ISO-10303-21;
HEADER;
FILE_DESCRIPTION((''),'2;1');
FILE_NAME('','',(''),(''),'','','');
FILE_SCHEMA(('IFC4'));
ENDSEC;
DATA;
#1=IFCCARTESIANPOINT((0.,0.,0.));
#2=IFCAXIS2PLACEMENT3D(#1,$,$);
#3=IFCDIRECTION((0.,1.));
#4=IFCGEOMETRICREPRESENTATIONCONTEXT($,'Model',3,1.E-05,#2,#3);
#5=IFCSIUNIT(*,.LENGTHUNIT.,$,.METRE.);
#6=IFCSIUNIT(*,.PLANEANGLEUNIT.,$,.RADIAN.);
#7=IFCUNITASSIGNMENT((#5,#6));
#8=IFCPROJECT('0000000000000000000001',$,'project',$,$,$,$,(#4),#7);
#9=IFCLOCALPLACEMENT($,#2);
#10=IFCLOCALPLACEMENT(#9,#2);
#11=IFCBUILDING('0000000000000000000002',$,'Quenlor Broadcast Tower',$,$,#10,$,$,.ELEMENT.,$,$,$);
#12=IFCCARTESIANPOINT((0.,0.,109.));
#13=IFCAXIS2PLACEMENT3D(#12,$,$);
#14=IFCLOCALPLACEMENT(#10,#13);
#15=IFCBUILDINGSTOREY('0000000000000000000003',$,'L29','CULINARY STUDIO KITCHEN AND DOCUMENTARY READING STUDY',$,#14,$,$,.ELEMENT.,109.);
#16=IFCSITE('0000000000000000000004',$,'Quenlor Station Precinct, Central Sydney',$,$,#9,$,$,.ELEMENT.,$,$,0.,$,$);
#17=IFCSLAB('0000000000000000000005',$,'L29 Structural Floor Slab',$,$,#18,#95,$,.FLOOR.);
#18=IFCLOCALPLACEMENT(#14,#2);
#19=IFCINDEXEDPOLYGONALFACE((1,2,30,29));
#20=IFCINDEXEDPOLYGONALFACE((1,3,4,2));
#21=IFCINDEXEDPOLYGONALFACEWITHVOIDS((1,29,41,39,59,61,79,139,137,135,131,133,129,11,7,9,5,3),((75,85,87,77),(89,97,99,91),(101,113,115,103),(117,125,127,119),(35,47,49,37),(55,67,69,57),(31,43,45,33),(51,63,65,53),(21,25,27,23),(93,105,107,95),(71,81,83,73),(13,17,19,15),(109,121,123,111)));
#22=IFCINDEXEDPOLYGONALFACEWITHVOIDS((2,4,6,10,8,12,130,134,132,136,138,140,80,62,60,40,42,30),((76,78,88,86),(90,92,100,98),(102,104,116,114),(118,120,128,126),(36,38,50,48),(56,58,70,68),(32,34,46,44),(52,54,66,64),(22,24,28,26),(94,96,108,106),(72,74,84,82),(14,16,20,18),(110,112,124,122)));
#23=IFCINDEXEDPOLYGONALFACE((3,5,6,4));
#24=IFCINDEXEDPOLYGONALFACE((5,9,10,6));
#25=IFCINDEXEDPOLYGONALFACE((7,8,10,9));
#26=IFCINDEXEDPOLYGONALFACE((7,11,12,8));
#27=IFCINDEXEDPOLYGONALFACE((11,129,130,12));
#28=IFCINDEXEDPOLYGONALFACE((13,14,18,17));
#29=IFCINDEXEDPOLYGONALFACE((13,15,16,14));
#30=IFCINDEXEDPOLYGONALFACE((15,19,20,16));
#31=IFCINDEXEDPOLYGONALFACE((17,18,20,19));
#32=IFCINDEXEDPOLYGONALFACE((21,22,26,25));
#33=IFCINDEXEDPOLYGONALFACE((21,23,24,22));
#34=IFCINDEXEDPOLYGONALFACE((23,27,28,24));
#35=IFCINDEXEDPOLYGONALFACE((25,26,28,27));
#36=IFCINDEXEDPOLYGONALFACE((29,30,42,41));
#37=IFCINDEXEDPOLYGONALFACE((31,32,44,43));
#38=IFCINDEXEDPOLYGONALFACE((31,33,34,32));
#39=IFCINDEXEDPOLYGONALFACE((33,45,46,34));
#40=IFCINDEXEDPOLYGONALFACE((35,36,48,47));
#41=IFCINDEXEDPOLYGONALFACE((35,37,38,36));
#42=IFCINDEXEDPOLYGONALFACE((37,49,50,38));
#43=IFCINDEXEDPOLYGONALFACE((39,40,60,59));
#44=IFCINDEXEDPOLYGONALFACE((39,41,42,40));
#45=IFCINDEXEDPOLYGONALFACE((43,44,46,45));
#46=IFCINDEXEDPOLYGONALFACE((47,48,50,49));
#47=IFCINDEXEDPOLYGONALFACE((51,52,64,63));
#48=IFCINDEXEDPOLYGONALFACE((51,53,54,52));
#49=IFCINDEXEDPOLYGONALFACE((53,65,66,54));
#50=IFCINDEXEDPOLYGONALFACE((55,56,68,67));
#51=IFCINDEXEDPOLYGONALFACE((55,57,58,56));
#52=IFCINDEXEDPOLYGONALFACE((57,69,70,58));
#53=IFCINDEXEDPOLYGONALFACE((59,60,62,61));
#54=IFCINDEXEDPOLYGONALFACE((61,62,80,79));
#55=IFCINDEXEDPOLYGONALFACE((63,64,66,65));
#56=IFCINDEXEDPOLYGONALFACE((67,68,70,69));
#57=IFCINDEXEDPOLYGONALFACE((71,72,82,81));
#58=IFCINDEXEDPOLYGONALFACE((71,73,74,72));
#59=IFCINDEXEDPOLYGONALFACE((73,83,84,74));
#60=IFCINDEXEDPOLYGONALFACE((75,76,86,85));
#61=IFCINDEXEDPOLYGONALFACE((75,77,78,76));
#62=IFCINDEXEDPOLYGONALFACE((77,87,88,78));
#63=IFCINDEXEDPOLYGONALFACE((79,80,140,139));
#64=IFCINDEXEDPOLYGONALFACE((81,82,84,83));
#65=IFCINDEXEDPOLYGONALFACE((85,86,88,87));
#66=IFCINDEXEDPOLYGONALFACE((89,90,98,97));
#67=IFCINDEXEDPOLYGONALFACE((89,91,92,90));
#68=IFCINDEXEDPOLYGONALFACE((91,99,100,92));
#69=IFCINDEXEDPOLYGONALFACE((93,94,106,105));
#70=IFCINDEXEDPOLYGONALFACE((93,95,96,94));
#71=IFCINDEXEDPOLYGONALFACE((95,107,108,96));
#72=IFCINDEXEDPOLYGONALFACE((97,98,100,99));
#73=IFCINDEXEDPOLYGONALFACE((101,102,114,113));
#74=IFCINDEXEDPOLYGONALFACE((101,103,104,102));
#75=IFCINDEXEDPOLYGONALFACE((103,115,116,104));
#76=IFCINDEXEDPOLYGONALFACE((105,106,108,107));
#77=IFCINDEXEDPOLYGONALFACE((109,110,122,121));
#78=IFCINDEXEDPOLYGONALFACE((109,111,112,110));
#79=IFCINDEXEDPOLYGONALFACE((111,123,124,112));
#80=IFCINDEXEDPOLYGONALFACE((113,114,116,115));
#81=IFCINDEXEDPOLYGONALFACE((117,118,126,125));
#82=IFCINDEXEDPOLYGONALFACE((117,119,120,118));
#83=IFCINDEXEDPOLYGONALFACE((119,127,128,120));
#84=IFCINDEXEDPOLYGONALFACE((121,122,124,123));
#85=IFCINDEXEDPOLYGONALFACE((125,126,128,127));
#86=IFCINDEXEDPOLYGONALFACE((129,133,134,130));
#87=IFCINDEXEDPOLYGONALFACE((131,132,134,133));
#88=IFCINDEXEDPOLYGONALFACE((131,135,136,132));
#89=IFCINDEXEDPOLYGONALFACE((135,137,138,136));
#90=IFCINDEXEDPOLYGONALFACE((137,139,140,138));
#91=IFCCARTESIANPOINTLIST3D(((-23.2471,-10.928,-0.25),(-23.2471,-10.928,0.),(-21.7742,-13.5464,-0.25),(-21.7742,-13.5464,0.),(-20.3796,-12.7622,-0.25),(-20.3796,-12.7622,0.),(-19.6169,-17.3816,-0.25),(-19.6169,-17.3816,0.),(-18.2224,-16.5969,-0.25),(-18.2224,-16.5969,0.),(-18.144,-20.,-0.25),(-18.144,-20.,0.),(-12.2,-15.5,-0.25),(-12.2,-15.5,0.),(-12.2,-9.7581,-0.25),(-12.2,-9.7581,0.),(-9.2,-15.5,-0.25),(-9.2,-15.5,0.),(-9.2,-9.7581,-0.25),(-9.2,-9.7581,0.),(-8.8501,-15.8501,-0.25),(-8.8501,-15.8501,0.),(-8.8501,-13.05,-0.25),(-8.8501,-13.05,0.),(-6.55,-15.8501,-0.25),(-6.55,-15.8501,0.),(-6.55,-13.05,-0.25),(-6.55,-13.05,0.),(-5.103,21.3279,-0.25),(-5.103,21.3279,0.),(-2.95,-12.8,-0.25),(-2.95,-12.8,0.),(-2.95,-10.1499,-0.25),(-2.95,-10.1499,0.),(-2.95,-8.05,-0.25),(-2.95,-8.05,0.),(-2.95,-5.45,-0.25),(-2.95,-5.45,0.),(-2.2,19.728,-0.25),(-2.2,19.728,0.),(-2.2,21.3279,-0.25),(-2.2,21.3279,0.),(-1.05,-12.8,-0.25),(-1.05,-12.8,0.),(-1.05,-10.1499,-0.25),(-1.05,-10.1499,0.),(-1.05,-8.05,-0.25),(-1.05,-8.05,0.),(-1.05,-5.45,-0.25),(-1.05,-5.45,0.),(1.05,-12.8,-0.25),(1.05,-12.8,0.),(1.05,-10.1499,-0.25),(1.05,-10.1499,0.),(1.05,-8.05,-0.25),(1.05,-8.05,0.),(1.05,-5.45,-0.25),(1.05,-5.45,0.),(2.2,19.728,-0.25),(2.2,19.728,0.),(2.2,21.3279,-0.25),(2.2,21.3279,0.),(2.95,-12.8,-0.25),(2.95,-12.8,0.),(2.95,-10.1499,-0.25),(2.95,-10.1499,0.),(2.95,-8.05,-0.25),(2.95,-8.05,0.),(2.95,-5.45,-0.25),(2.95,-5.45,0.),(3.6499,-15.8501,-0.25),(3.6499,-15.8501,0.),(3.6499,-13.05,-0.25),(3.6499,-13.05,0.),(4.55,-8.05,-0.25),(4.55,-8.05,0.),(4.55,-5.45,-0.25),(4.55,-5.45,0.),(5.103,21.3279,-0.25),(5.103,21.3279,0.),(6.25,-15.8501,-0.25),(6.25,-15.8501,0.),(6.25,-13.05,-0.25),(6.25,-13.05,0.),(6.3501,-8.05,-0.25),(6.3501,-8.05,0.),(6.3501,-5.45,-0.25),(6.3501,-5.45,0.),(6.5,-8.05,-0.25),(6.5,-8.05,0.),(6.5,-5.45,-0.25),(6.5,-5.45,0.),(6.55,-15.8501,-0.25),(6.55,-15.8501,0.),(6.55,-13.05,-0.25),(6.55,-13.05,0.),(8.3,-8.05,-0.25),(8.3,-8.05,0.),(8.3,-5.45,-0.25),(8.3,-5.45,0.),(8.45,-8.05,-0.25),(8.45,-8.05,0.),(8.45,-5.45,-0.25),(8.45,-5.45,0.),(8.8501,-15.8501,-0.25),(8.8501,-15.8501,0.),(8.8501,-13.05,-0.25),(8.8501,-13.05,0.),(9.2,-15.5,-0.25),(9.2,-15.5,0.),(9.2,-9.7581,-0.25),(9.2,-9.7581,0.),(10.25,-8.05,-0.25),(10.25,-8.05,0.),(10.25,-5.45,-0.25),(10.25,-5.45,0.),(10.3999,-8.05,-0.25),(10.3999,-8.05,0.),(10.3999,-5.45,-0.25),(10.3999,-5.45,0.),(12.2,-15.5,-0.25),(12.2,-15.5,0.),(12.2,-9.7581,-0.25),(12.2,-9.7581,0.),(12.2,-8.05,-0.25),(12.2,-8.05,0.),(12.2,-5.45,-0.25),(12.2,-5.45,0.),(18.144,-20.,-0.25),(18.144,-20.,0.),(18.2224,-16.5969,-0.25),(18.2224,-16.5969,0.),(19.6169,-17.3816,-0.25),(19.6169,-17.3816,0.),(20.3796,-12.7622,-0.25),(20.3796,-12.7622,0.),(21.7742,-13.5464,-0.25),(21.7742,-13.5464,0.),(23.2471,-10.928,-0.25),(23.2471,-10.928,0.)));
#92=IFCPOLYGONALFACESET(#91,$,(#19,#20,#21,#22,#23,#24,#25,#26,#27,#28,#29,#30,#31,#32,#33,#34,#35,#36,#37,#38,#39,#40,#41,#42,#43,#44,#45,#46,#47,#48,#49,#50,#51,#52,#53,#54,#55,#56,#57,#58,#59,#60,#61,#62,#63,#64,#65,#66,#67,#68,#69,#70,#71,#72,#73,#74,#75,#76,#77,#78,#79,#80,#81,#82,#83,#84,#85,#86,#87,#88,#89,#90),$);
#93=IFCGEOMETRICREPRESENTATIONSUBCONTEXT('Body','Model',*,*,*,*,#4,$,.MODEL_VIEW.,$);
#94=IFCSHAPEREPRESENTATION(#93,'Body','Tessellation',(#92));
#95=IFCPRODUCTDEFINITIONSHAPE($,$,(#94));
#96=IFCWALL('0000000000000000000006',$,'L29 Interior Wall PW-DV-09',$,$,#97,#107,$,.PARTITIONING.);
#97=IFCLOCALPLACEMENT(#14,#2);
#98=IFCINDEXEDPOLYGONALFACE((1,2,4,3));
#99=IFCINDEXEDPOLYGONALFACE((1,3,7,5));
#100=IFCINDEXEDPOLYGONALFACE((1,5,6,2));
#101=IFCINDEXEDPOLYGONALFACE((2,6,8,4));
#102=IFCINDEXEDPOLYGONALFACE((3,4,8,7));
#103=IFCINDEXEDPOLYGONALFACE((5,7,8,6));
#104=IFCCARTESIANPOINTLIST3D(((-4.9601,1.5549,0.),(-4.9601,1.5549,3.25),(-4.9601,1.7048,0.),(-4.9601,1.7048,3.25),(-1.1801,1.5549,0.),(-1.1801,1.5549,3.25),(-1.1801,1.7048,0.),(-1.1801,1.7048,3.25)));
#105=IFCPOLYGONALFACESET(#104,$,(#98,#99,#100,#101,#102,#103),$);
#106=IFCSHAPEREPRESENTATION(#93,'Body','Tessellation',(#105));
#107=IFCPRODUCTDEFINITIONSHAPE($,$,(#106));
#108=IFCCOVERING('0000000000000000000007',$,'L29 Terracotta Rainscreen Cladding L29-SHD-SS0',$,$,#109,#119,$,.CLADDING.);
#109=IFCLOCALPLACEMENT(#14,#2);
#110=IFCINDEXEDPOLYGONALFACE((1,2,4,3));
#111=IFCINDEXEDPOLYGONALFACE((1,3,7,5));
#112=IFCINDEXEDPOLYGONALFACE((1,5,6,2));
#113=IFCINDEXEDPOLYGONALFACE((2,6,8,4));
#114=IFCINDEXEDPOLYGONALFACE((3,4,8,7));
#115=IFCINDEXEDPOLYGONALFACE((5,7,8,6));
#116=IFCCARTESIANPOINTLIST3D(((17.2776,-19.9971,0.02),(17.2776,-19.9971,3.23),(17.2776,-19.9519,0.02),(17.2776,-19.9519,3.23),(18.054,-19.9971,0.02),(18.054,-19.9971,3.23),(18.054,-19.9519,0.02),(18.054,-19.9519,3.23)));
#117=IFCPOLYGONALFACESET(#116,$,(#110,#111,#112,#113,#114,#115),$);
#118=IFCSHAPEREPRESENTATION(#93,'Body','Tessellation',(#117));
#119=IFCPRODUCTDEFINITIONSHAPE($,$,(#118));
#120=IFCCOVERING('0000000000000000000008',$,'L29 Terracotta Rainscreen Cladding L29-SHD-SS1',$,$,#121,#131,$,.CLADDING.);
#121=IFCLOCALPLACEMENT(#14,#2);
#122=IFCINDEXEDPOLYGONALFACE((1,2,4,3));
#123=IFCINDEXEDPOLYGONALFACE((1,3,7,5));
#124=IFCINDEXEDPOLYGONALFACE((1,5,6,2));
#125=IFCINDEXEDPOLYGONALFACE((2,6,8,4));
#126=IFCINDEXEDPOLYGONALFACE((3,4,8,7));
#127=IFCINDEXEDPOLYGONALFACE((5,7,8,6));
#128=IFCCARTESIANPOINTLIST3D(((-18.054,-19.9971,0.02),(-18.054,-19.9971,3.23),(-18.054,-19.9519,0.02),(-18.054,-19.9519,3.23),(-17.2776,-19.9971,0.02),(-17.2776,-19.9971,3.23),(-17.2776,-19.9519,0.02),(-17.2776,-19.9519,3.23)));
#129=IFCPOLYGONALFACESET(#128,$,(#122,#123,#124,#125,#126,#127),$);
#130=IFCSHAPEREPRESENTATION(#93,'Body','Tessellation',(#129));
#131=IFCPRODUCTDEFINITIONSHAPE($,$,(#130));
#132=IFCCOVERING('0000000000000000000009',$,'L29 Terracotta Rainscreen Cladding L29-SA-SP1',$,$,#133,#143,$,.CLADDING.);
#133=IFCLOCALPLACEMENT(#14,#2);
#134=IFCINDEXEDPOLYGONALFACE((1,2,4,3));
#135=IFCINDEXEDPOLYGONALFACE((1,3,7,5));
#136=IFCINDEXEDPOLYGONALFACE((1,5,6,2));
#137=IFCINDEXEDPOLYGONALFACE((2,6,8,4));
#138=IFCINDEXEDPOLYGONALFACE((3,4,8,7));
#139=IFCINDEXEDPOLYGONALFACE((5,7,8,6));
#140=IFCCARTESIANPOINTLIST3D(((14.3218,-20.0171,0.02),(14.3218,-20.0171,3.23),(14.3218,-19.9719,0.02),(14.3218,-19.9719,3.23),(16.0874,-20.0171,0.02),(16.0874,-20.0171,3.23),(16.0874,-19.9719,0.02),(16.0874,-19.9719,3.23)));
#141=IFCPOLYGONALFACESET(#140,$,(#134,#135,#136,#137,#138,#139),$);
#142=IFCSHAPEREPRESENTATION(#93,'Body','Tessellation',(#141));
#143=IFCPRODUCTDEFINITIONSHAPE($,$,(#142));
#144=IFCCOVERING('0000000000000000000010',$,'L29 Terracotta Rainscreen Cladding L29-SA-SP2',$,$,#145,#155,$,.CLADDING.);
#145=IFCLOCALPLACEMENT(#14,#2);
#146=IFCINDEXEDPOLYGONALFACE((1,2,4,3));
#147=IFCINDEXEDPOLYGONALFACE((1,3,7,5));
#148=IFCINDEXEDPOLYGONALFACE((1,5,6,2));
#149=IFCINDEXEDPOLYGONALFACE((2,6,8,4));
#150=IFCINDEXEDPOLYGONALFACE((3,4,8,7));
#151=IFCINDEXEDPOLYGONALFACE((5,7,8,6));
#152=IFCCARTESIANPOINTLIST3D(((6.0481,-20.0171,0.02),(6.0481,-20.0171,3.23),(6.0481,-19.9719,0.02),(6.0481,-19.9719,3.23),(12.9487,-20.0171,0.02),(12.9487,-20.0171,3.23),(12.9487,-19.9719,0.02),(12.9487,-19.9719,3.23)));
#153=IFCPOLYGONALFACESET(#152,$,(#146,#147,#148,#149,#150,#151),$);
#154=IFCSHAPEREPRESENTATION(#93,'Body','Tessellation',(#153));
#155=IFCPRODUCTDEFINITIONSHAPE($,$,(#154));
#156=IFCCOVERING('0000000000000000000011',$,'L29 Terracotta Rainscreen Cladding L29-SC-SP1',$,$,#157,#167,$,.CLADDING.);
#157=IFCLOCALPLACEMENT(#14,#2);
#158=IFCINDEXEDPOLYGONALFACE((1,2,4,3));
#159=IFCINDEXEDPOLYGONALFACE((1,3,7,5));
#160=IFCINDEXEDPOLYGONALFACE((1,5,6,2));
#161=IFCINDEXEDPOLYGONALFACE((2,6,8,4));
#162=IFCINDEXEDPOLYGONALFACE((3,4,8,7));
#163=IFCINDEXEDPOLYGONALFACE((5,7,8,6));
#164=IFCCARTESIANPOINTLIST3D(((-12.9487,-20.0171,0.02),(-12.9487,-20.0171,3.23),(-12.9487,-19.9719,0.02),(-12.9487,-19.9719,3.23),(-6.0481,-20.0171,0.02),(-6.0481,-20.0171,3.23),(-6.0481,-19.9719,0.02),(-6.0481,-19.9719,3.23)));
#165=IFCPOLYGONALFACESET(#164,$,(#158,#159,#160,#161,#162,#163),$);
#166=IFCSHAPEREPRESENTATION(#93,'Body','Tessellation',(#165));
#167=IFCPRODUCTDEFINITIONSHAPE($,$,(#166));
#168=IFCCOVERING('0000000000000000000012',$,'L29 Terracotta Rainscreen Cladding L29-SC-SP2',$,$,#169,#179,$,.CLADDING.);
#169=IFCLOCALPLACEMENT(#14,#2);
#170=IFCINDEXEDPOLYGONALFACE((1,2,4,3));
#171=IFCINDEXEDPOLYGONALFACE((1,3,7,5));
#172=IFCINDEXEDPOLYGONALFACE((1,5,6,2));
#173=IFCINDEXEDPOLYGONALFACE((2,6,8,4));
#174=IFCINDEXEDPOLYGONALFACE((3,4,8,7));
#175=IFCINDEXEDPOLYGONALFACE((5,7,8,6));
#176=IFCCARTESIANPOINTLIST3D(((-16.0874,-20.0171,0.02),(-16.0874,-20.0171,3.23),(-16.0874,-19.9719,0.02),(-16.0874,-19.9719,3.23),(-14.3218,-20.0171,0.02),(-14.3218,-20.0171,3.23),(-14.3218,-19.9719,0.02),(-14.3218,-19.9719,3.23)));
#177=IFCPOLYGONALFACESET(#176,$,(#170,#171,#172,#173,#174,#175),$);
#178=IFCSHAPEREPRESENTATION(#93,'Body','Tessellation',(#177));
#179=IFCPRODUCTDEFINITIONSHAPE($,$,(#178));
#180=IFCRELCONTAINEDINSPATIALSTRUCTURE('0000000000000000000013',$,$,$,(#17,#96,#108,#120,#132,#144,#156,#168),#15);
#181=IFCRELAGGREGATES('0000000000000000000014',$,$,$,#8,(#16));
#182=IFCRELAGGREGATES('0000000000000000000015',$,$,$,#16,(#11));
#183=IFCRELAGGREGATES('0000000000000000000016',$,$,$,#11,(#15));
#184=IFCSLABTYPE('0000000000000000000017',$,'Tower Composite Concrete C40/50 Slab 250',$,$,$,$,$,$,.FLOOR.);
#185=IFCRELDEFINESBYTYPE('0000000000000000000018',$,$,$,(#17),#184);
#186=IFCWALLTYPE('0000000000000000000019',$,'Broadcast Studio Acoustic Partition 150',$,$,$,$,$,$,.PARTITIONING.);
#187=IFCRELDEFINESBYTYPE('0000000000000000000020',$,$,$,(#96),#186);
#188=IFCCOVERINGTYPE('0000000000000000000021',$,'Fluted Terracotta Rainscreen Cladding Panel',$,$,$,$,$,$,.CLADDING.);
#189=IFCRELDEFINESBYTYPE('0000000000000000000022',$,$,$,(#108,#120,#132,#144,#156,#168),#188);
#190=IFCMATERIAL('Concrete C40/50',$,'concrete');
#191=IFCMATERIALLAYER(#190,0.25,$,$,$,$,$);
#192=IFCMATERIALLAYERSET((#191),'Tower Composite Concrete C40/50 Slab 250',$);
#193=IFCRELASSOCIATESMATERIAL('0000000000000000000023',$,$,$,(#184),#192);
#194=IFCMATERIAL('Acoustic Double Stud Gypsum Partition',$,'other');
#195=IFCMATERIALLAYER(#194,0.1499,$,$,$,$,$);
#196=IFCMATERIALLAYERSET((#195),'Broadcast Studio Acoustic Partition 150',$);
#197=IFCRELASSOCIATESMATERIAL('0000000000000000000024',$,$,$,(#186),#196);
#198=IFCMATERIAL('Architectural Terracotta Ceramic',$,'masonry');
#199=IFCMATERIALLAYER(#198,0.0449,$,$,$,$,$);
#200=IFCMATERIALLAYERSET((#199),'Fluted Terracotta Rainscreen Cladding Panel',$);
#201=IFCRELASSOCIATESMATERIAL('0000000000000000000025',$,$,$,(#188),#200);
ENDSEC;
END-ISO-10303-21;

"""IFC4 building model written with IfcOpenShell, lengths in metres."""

from ifc_helpers import new_model, si_unit, direction, frame, frame_2d, origin, place, context, subcontext, project, spatial, polyline, rectangle, outline, extrude, material, layer, layer_set, type_object, element, save


model = new_model("IFC4")

# Units and contexts
model_context = context("Model", 3, precision=1e-05, world=origin(), true_north=direction((0.0, 1.0)))
body_context = subcontext(model_context, "Body", "Model", "MODEL_VIEW")
ifc_project = project(units=[si_unit("LENGTHUNIT", "METRE"), si_unit("PLANEANGLEUNIT", "RADIAN")], contexts=[model_context])

# Site, building, storey
site_placement = place(None, origin())
site = spatial("IfcSite", under=ifc_project, at=site_placement, Name="Quenlor Station Precinct, Central Sydney", CompositionType="ELEMENT", RefElevation=0.0)
building_placement = place(site_placement, origin())
building = spatial("IfcBuilding", under=site, at=building_placement, Name="Quenlor Broadcast Tower", CompositionType="ELEMENT")
storey_placement = place(building_placement, frame((0.0, 0.0, 109.0)))
storey = spatial("IfcBuildingStorey", under=building, at=storey_placement, Name="L29", Description="CULINARY STUDIO KITCHEN AND DOCUMENTARY READING STUDY", CompositionType="ELEMENT", Elevation=109.0)

# Slab
ifc_material_1 = material(Name="Concrete C40/50", Category="concrete")
ifc_layer_1 = layer(ifc_material_1, 0.25)
ifc_layer_set_1 = layer_set([ifc_layer_1], Name="Tower Composite Concrete C40/50 Slab 250")
slab_type = type_object("IfcSlabType", Name="Tower Composite Concrete C40/50 Slab 250", PredefinedType="FLOOR", material=ifc_layer_set_1)
slab_placement = place(storey_placement, frame((0.0, 0.0, -0.25)))
element("IfcSlab", 1, at=slab_placement, inside=storey, type_object=slab_type, Name="L29 Structural Floor Slab", PredefinedType="FLOOR", context=body_context, shape_type="SweptSolid", body=[
    extrude(outline(polyline([(18.144, -20.0), (19.6169, -17.3816), (18.2224, -16.5969), (20.3796, -12.7622), (21.7742, -13.5464), (23.2471, -10.928), (5.103, 21.3279), (2.2, 21.3279), (2.2, 19.728), (-2.2, 19.728), (-2.2, 21.3279), (-5.103, 21.3279), (-23.2471, -10.928), (-21.7742, -13.5464), (-20.3796, -12.7622), (-18.2224, -16.5969), (-19.6169, -17.3816), (-18.144, -20.0), (18.144, -20.0)]), holes=[polyline([(-12.2, -9.7581), (-12.2, -15.5), (-9.2, -15.5), (-9.2, -9.7581), (-12.2, -9.7581)]), polyline([(9.2, -9.7581), (9.2, -15.5), (12.2, -15.5), (12.2, -9.7581), (9.2, -9.7581)]), polyline([(-2.95, -8.05), (-1.05, -8.05), (-1.05, -5.45), (-2.95, -5.45), (-2.95, -8.05)]), polyline([(1.05, -8.05), (2.95, -8.05), (2.95, -5.45), (1.05, -5.45), (1.05, -8.05)]), polyline([(-2.95, -12.8), (-1.05, -12.8), (-1.05, -10.1499), (-2.95, -10.1499), (-2.95, -12.8)]), polyline([(1.05, -12.8), (2.95, -12.8), (2.95, -10.1499), (1.05, -10.1499), (1.05, -12.8)]), polyline([(4.55, -8.05), (6.3501, -8.05), (6.3501, -5.45), (4.55, -5.45), (4.55, -8.05)]), polyline([(6.5, -8.05), (8.3, -8.05), (8.3, -5.45), (6.5, -5.45), (6.5, -8.05)]), polyline([(8.45, -8.05), (10.25, -8.05), (10.25, -5.45), (8.45, -5.45), (8.45, -8.05)]), polyline([(10.3999, -8.05), (12.2, -8.05), (12.2, -5.45), (10.3999, -5.45), (10.3999, -8.05)]), polyline([(-8.8501, -15.8501), (-6.55, -15.8501), (-6.55, -13.05), (-8.8501, -13.05), (-8.8501, -15.8501)]), polyline([(6.55, -15.8501), (8.8501, -15.8501), (8.8501, -13.05), (6.55, -13.05), (6.55, -15.8501)]), polyline([(3.6499, -15.8501), (6.25, -15.8501), (6.25, -13.05), (3.6499, -13.05), (3.6499, -15.8501)])]), origin(), (0.0, 0.0, 1.0), 0.25),
])

# Wall
ifc_material_2 = material(Name="Acoustic Double Stud Gypsum Partition", Category="other")
ifc_layer_2 = layer(ifc_material_2, 0.1499)
ifc_layer_set_2 = layer_set([ifc_layer_2], Name="Broadcast Studio Acoustic Partition 150")
wall_type = type_object("IfcWallType", Name="Broadcast Studio Acoustic Partition 150", PredefinedType="PARTITIONING", material=ifc_layer_set_2)
wall_placement = place(storey_placement, frame((-1.1799, 1.6299, 0.0), z_axis=(0.0, 0.0, 1.0), x_axis=(-1.0, 0.0, 0.0)))
element("IfcWall", 2, at=wall_placement, inside=storey, type_object=wall_type, Name="L29 Interior Wall PW-DV-09", PredefinedType="PARTITIONING", context=body_context, shape_type="SweptSolid", body=[
    extrude(rectangle(XDim=3.78, YDim=0.1499, at=frame_2d((1.8901, 0.0))), origin(), (0.0, 0.0, 1.0), 3.25),
])

# Coverings
ifc_material_3 = material(Name="Architectural Terracotta Ceramic", Category="masonry")
ifc_layer_3 = layer(ifc_material_3, 0.0449)
ifc_layer_set_3 = layer_set([ifc_layer_3], Name="Fluted Terracotta Rainscreen Cladding Panel")
covering_type = type_object("IfcCoveringType", Name="Fluted Terracotta Rainscreen Cladding Panel", PredefinedType="CLADDING", material=ifc_layer_set_3)
covering_1_placement = place(storey_placement, frame((0.0, 0.0, 0.02)))
element("IfcCovering", 3, at=covering_1_placement, inside=storey, type_object=covering_type, Name="L29 Terracotta Rainscreen Cladding L29-SHD-SS0", PredefinedType="CLADDING", context=body_context, shape_type="SweptSolid", body=[
    extrude(outline(polyline([(18.054, -19.9519), (17.2776, -19.9519), (17.2776, -19.9971), (18.054, -19.9971), (18.054, -19.9519)])), origin(), (0.0, 0.0, 1.0), 3.21),
])
covering_2_placement = place(storey_placement, frame((0.0, 0.0, 0.02)))
element("IfcCovering", 4, at=covering_2_placement, inside=storey, type_object=covering_type, Name="L29 Terracotta Rainscreen Cladding L29-SHD-SS1", PredefinedType="CLADDING", context=body_context, shape_type="SweptSolid", body=[
    extrude(outline(polyline([(-17.2776, -19.9519), (-18.054, -19.9519), (-18.054, -19.9971), (-17.2776, -19.9971), (-17.2776, -19.9519)])), origin(), (0.0, 0.0, 1.0), 3.21),
])
covering_3_placement = place(storey_placement, frame((0.0, 0.0, 0.02)))
element("IfcCovering", 5, at=covering_3_placement, inside=storey, type_object=covering_type, Name="L29 Terracotta Rainscreen Cladding L29-SA-SP1", PredefinedType="CLADDING", context=body_context, shape_type="SweptSolid", body=[
    extrude(outline(polyline([(16.0874, -19.9719), (14.3218, -19.9719), (14.3218, -20.0171), (16.0874, -20.0171), (16.0874, -19.9719)])), origin(), (0.0, 0.0, 1.0), 3.21),
])
covering_4_placement = place(storey_placement, frame((0.0, 0.0, 0.02)))
element("IfcCovering", 6, at=covering_4_placement, inside=storey, type_object=covering_type, Name="L29 Terracotta Rainscreen Cladding L29-SA-SP2", PredefinedType="CLADDING", context=body_context, shape_type="SweptSolid", body=[
    extrude(outline(polyline([(12.9487, -19.9719), (6.0481, -19.9719), (6.0481, -20.0171), (12.9487, -20.0171), (12.9487, -19.9719)])), origin(), (0.0, 0.0, 1.0), 3.21),
])
covering_5_placement = place(storey_placement, frame((0.0, 0.0, 0.02)))
element("IfcCovering", 7, at=covering_5_placement, inside=storey, type_object=covering_type, Name="L29 Terracotta Rainscreen Cladding L29-SC-SP1", PredefinedType="CLADDING", context=body_context, shape_type="SweptSolid", body=[
    extrude(outline(polyline([(-6.0481, -19.9719), (-12.9487, -19.9719), (-12.9487, -20.0171), (-6.0481, -20.0171), (-6.0481, -19.9719)])), origin(), (0.0, 0.0, 1.0), 3.21),
])
covering_6_placement = place(storey_placement, frame((0.0, 0.0, 0.02)))
element("IfcCovering", 8, at=covering_6_placement, inside=storey, type_object=covering_type, Name="L29 Terracotta Rainscreen Cladding L29-SC-SP2", PredefinedType="CLADDING", context=body_context, shape_type="SweptSolid", body=[
    extrude(outline(polyline([(-14.3218, -19.9719), (-16.0874, -19.9719), (-16.0874, -20.0171), (-14.3218, -20.0171), (-14.3218, -19.9719)])), origin(), (0.0, 0.0, 1.0), 3.21),
])

save(model, "model.ifc")
